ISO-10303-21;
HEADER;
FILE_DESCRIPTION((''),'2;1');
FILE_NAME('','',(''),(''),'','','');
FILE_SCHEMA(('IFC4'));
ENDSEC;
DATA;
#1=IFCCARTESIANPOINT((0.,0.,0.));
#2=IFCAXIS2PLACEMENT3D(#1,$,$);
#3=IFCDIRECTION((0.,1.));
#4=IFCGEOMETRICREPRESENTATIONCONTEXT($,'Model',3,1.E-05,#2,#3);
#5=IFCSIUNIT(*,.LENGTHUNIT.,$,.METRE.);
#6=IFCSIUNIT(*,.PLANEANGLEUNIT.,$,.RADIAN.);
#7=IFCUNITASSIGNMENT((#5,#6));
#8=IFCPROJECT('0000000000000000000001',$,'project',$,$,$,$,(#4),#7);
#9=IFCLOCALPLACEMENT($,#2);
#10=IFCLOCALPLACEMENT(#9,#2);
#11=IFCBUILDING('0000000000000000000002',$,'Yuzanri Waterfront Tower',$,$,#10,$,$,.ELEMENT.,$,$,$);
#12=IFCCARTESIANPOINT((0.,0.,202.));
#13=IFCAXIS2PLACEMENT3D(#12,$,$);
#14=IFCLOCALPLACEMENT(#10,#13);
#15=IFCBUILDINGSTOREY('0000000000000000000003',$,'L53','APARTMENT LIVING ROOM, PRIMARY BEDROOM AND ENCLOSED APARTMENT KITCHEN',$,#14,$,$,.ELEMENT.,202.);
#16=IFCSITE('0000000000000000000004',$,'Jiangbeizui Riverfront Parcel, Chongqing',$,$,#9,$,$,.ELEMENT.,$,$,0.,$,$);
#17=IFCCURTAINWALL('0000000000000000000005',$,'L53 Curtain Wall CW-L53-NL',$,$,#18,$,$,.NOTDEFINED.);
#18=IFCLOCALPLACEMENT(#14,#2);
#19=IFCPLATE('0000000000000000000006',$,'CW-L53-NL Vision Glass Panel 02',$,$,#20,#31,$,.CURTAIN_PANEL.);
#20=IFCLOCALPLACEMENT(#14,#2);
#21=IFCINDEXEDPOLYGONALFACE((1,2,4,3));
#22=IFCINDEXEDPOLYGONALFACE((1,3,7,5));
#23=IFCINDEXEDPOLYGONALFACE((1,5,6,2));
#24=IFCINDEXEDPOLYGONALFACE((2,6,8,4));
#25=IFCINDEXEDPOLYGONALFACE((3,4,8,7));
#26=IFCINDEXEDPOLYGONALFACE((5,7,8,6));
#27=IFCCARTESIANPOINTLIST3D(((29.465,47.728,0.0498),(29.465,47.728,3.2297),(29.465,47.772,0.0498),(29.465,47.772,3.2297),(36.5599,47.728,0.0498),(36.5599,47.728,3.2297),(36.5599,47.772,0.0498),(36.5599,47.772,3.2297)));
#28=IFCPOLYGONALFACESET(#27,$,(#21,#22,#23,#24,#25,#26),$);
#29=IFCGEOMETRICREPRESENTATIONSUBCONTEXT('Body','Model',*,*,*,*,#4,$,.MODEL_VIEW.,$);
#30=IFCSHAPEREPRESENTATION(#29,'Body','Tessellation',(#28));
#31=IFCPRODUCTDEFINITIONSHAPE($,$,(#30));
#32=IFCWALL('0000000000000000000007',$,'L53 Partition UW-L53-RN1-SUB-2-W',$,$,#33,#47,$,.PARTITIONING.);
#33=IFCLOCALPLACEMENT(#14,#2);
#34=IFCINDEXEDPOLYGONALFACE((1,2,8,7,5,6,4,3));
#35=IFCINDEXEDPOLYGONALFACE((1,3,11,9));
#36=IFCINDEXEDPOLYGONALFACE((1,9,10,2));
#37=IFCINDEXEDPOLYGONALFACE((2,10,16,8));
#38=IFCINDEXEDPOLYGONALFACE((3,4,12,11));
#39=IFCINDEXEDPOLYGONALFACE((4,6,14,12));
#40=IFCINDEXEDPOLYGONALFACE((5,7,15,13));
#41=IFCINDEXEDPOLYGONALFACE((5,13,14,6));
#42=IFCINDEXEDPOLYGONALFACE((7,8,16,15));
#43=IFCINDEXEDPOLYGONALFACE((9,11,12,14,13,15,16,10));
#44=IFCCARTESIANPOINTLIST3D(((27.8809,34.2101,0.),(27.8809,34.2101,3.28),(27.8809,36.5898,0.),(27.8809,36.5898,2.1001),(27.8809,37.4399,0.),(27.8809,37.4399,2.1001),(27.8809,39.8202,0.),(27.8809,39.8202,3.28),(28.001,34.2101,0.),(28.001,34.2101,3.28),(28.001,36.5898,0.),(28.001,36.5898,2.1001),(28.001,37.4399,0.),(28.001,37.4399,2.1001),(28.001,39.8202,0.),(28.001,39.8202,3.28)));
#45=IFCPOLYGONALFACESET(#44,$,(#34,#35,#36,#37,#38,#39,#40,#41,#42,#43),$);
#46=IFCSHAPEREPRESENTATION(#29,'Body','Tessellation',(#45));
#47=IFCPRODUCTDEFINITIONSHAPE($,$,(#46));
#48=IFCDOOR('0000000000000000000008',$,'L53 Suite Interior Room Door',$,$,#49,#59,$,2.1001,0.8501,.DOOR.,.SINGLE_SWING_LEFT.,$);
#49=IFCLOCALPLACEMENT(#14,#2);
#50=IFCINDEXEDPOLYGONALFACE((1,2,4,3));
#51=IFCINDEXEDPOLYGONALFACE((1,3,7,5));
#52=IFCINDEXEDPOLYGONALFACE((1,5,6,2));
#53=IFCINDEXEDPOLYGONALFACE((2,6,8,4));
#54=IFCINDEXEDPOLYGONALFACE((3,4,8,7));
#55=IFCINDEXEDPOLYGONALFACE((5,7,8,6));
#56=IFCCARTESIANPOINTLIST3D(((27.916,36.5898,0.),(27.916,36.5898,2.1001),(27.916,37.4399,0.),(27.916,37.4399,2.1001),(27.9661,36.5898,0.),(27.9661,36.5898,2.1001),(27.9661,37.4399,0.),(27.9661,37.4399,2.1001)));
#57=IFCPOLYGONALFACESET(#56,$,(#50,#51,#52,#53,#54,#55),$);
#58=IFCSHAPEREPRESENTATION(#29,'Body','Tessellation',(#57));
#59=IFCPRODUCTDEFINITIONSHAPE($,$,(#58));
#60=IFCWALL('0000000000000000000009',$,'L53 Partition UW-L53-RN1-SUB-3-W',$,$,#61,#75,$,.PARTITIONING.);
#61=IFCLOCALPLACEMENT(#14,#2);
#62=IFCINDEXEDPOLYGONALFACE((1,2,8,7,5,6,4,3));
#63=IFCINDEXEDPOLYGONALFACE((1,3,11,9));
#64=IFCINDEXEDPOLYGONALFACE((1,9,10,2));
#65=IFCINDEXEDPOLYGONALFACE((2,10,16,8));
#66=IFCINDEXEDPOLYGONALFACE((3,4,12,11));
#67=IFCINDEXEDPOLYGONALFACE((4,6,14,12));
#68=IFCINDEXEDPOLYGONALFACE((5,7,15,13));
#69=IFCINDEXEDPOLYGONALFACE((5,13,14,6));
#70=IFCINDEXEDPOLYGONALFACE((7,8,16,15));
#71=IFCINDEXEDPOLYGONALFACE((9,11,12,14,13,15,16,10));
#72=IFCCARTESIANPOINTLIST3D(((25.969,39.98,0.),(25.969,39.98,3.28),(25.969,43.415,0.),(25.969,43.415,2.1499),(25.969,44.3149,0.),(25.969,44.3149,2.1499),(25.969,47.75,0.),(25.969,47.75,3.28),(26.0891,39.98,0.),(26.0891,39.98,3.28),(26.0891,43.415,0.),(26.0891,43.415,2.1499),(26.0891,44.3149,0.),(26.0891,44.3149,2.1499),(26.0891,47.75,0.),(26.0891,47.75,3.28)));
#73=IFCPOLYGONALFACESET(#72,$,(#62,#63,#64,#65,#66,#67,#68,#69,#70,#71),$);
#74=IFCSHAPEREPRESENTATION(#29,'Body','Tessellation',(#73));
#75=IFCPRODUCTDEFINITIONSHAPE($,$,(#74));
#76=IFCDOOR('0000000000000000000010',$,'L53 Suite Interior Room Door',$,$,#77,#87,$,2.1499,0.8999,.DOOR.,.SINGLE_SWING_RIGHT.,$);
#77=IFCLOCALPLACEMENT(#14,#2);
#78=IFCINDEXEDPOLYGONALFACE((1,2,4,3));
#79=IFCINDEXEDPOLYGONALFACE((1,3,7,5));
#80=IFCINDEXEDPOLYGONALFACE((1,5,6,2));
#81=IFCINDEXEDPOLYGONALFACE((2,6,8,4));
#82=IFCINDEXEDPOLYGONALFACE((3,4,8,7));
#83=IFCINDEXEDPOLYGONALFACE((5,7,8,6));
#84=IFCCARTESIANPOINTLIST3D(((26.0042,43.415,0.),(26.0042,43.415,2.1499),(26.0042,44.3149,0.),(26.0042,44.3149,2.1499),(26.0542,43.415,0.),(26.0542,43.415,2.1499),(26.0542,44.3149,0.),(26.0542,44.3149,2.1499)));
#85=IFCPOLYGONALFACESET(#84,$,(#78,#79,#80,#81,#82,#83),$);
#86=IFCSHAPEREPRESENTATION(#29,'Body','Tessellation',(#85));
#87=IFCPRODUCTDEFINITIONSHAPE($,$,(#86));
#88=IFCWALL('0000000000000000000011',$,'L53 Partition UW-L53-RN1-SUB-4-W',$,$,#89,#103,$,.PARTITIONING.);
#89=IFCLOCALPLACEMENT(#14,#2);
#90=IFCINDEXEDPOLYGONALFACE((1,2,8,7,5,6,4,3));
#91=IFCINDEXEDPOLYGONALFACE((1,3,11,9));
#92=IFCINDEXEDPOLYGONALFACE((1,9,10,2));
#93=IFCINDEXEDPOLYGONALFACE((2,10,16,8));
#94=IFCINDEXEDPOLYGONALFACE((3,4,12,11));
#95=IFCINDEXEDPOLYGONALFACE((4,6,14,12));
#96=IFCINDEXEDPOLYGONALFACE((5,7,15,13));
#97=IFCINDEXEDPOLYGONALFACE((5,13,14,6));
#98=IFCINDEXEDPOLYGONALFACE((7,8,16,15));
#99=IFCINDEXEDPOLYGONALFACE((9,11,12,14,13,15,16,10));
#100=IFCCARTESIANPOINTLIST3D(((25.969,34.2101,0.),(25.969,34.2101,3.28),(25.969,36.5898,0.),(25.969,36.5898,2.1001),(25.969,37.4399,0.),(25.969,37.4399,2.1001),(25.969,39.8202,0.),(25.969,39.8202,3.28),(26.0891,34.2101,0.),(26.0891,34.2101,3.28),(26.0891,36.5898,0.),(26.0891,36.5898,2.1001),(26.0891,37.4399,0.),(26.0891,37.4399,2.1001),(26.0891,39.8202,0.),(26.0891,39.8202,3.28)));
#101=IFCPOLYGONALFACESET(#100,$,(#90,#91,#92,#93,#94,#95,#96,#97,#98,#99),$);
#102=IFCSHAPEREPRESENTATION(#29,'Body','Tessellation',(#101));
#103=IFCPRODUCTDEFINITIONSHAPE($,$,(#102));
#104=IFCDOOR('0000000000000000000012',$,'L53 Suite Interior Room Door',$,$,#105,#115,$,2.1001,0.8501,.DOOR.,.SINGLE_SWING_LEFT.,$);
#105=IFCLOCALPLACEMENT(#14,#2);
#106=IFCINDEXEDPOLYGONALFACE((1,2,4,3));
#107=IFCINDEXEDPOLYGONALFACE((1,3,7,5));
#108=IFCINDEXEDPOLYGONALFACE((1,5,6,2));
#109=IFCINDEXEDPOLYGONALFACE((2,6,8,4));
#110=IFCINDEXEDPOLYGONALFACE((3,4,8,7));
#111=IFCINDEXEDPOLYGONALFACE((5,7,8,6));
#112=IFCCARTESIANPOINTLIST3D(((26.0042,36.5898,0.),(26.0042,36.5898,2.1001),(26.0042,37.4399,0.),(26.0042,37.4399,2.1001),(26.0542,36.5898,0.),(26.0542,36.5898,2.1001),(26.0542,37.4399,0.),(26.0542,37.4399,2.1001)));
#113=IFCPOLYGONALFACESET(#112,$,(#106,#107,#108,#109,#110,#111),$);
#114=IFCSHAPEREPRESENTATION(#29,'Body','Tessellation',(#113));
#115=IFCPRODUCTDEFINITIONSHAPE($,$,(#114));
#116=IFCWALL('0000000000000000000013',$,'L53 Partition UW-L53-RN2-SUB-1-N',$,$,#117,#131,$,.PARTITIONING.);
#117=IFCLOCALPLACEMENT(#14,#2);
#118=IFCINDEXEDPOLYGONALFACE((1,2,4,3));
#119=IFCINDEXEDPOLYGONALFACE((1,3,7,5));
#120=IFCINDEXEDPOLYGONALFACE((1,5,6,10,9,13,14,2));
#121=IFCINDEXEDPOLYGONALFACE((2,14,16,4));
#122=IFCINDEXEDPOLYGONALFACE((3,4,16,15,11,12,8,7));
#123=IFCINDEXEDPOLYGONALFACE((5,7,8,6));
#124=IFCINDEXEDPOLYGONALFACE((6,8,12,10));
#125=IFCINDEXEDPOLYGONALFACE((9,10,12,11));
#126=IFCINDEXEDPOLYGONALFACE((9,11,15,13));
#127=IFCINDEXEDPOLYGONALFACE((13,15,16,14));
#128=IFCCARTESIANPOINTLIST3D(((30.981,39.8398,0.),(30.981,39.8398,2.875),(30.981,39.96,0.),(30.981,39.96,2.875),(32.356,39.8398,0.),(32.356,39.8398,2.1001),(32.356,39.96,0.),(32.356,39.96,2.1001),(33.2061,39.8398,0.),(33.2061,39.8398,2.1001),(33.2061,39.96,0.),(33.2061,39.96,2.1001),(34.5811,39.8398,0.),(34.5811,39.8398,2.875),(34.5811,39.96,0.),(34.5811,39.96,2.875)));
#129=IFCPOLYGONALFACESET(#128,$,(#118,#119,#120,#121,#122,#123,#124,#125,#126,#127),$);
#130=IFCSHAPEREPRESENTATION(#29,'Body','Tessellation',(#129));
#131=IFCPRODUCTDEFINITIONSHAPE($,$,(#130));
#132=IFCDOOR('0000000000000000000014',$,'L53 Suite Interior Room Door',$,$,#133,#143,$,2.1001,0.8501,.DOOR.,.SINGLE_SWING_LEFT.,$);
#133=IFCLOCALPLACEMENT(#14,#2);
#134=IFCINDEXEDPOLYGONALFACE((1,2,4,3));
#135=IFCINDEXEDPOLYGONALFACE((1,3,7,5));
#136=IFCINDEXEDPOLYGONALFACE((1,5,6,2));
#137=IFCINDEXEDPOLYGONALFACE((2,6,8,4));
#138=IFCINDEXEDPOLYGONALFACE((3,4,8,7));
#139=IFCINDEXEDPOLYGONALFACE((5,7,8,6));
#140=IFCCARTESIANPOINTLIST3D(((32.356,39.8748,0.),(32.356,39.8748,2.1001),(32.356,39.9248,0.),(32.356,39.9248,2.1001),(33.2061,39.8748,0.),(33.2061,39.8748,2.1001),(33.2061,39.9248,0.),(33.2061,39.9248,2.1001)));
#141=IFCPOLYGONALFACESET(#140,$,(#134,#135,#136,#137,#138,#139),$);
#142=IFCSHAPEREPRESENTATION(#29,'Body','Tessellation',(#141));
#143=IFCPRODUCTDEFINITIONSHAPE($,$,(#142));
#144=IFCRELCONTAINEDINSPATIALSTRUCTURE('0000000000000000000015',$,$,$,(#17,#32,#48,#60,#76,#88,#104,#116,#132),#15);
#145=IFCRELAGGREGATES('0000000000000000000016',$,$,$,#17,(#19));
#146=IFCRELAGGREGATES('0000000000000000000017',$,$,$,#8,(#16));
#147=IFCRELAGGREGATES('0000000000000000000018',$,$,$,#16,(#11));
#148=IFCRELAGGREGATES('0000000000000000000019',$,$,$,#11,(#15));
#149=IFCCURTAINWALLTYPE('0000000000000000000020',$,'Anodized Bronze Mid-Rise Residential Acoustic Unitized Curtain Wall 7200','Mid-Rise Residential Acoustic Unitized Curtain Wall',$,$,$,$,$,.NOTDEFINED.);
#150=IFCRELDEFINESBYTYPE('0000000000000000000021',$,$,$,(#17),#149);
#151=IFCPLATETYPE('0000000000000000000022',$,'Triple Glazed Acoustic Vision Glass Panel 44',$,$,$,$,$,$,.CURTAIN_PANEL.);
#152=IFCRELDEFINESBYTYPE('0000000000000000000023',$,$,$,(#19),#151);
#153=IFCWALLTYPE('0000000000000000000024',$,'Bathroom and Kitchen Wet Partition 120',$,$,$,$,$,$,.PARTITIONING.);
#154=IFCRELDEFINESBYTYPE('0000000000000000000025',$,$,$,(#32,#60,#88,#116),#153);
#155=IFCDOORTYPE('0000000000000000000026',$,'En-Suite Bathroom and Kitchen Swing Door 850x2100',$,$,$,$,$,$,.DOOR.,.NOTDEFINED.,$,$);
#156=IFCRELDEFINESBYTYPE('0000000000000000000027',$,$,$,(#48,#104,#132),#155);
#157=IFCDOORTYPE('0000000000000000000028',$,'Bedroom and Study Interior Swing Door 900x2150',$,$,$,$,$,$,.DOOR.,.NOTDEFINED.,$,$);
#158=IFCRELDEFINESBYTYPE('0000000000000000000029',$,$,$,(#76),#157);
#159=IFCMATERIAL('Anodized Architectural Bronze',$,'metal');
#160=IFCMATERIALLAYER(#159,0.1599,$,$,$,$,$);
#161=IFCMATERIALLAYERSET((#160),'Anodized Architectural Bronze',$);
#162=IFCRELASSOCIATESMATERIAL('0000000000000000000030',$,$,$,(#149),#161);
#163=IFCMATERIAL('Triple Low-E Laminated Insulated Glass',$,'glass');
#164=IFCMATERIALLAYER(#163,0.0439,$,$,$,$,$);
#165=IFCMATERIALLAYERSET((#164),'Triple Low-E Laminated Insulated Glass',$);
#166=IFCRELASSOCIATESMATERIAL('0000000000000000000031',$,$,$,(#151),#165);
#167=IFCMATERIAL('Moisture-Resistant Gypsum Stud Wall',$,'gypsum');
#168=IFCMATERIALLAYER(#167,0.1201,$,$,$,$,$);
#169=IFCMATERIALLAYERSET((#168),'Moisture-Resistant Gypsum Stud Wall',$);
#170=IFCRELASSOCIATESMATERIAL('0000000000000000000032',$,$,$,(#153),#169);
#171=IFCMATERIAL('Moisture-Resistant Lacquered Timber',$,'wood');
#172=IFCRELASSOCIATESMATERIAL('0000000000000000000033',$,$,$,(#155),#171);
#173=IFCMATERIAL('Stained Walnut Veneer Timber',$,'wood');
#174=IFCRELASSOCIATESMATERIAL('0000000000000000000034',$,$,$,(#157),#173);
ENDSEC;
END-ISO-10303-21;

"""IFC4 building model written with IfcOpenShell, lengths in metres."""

from ifc_helpers import new_model, si_unit, direction, frame, frame_2d, origin, origin_2d, place, context, subcontext, project, spatial, rectangle, extrude, source, transform, mapped, material, layer, layer_set, type_object, element, fill, aggregate, save


model = new_model("IFC4")

# Units and contexts
model_context = context("Model", 3, precision=1e-05, world=origin(), true_north=direction((0.0, 1.0)))
body_context = subcontext(model_context, "Body", "Model", "MODEL_VIEW")
ifc_project = project(units=[si_unit("LENGTHUNIT", "METRE"), si_unit("PLANEANGLEUNIT", "RADIAN")], contexts=[model_context])

# Site, building, storey
site_placement = place(None, origin())
site = spatial("IfcSite", under=ifc_project, at=site_placement, Name="Jiangbeizui Riverfront Parcel, Chongqing", CompositionType="ELEMENT", RefElevation=0.0)
building_placement = place(site_placement, origin())
building = spatial("IfcBuilding", under=site, at=building_placement, Name="Yuzanri Waterfront Tower", CompositionType="ELEMENT")
storey_placement = place(building_placement, frame((0.0, 0.0, 202.0)))
storey = spatial("IfcBuildingStorey", under=building, at=storey_placement, Name="L53", Description="APARTMENT LIVING ROOM, PRIMARY BEDROOM AND ENCLOSED APARTMENT KITCHEN", CompositionType="ELEMENT", Elevation=202.0)

# Curtain wall, plate
ifc_material_1 = material(Name="Anodized Architectural Bronze", Category="metal")
ifc_layer_1 = layer(ifc_material_1, 0.1599)
ifc_layer_set_1 = layer_set([ifc_layer_1], Name="Anodized Architectural Bronze")
curtain_wall_type = type_object("IfcCurtainWallType", Name="Anodized Bronze Mid-Rise Residential Acoustic Unitized Curtain Wall 7200", Description="Mid-Rise Residential Acoustic Unitized Curtain Wall", PredefinedType="NOTDEFINED", material=ifc_layer_set_1)
curtain_wall_placement = place(storey_placement, origin())
curtain_wall = element("IfcCurtainWall", 1, at=curtain_wall_placement, inside=storey, type_object=curtain_wall_type, Name="L53 Curtain Wall CW-L53-NL", PredefinedType="NOTDEFINED")
ifc_material_2 = material(Name="Triple Low-E Laminated Insulated Glass", Category="glass")
ifc_layer_2 = layer(ifc_material_2, 0.0439)
ifc_layer_set_2 = layer_set([ifc_layer_2], Name="Triple Low-E Laminated Insulated Glass")
plate_type = type_object("IfcPlateType", Name="Triple Glazed Acoustic Vision Glass Panel 44", PredefinedType="CURTAIN_PANEL", material=ifc_layer_set_2)
shared_shape_1 = source(origin(), body_context, "Body", "SweptSolid", [
    extrude(rectangle(XDim=7.095, YDim=0.0439, at=origin_2d()), origin(), (0.0, 0.0, 1.0), 3.1799),
])
plate_1_placement = place(storey_placement, frame((33.0125, 47.75, 0.0498), z_axis=(0.0, 0.0, 1.0), x_axis=(1.0, 0.0, 0.0)))
plate_1 = element("IfcPlate", 2, at=plate_1_placement, type_object=plate_type, Name="CW-L53-NL Vision Glass Panel 02", PredefinedType="CURTAIN_PANEL", context=body_context, shape_type="MappedRepresentation", body=[
    mapped(shared_shape_1, transform((0.0, 0.0, 0.0), scale=1.0)),
])
aggregate(curtain_wall, [plate_1])

# Walls, openings, doors
ifc_material_3 = material(Name="Moisture-Resistant Gypsum Stud Wall", Category="gypsum")
ifc_layer_3 = layer(ifc_material_3, 0.1201)
ifc_layer_set_3 = layer_set([ifc_layer_3], Name="Moisture-Resistant Gypsum Stud Wall")
wall_type_1 = type_object("IfcWallType", Name="Bathroom and Kitchen Wet Partition 120", PredefinedType="PARTITIONING", material=ifc_layer_set_3)
wall_1_placement = place(storey_placement, frame((27.9409, 34.21, 0.0), z_axis=(0.0, 0.0, 1.0), x_axis=(0.0, 1.0, 0.0)))
wall_1 = element("IfcWall", 3, at=wall_1_placement, inside=storey, type_object=wall_type_1, Name="L53 Partition UW-L53-RN1-SUB-2-W", PredefinedType="PARTITIONING", context=body_context, shape_type="SweptSolid", body=[
    extrude(rectangle(XDim=5.6101, YDim=0.1201, at=frame_2d((2.8052, 0.0))), origin(), (0.0, 0.0, 1.0), 3.28),
])
opening_1_placement = place(wall_1_placement, frame((2.3799, 0.0, 0.0)))
opening_1 = element("IfcOpeningElement", 4, at=opening_1_placement, cuts=wall_1, PredefinedType="OPENING", context=body_context, shape_type="SweptSolid", body=[
    extrude(rectangle(XDim=0.8501, YDim=2.1001, at=frame_2d((0.425, 1.05))), frame((0.0, 0.075, 0.0), z_axis=(0.0, -1.0, 0.0), x_axis=(1.0, 0.0, 0.0)), (0.0, 0.0, 1.0), 0.1499),
])
ifc_material_4 = material(Name="Moisture-Resistant Lacquered Timber", Category="wood")
door_type_1 = type_object("IfcDoorType", Name="En-Suite Bathroom and Kitchen Swing Door 850x2100", OperationType="NOTDEFINED", PredefinedType="DOOR", material=ifc_material_4)
shared_shape_2 = source(origin(), body_context, "Body", "SweptSolid", [
    extrude(rectangle(XDim=0.8501, YDim=2.1001, at=frame_2d((0.425, 1.05))), frame((0.0, 0.0249, 0.0), z_axis=(0.0, -1.0, 0.0), x_axis=(1.0, 0.0, 0.0)), (0.0, 0.0, 1.0), 0.05),
])
door_1_placement = place(opening_1_placement, origin())
door_1 = element("IfcDoor", 5, at=door_1_placement, inside=storey, type_object=door_type_1, Name="L53 Suite Interior Room Door", OperationType="SINGLE_SWING_LEFT", OverallHeight=2.1001, OverallWidth=0.8501, PredefinedType="DOOR", context=body_context, shape_type="MappedRepresentation", body=[
    mapped(shared_shape_2, transform((0.0, 0.0, 0.0), scale=1.0)),
])
fill(opening_1, door_1)
wall_2_placement = place(storey_placement, frame((26.0291, 39.98, 0.0), z_axis=(0.0, 0.0, 1.0), x_axis=(0.0, 1.0, 0.0)))
wall_2 = element("IfcWall", 6, at=wall_2_placement, inside=storey, type_object=wall_type_1, Name="L53 Partition UW-L53-RN1-SUB-3-W", PredefinedType="PARTITIONING", context=body_context, shape_type="SweptSolid", body=[
    extrude(rectangle(XDim=7.77, YDim=0.1201, at=frame_2d((3.885, 0.0))), origin(), (0.0, 0.0, 1.0), 3.28),
])
opening_2_placement = place(wall_2_placement, frame((3.4351, 0.0, 0.0)))
opening_2 = element("IfcOpeningElement", 7, at=opening_2_placement, cuts=wall_2, PredefinedType="OPENING", context=body_context, shape_type="SweptSolid", body=[
    extrude(rectangle(XDim=0.8999, YDim=2.1499, at=frame_2d((0.45, 1.075))), frame((0.0, 0.075, 0.0), z_axis=(0.0, -1.0, 0.0), x_axis=(1.0, 0.0, 0.0)), (0.0, 0.0, 1.0), 0.1499),
])
ifc_material_5 = material(Name="Stained Walnut Veneer Timber", Category="wood")
door_type_2 = type_object("IfcDoorType", Name="Bedroom and Study Interior Swing Door 900x2150", OperationType="NOTDEFINED", PredefinedType="DOOR", material=ifc_material_5)
shared_shape_3 = source(origin(), body_context, "Body", "SweptSolid", [
    extrude(rectangle(XDim=0.8999, YDim=2.1499, at=frame_2d((0.45, 1.075))), frame((0.0, 0.0249, 0.0), z_axis=(0.0, -1.0, 0.0), x_axis=(1.0, 0.0, 0.0)), (0.0, 0.0, 1.0), 0.05),
])
door_2_placement = place(opening_2_placement, origin())
door_2 = element("IfcDoor", 8, at=door_2_placement, inside=storey, type_object=door_type_2, Name="L53 Suite Interior Room Door", OperationType="SINGLE_SWING_RIGHT", OverallHeight=2.1499, OverallWidth=0.8999, PredefinedType="DOOR", context=body_context, shape_type="MappedRepresentation", body=[
    mapped(shared_shape_3, transform((0.0, 0.0, 0.0), scale=1.0)),
])
fill(opening_2, door_2)
wall_3_placement = place(storey_placement, frame((26.0291, 34.21, 0.0), z_axis=(0.0, 0.0, 1.0), x_axis=(0.0, 1.0, 0.0)))
wall_3 = element("IfcWall", 9, at=wall_3_placement, inside=storey, type_object=wall_type_1, Name="L53 Partition UW-L53-RN1-SUB-4-W", PredefinedType="PARTITIONING", context=body_context, shape_type="SweptSolid", body=[
    extrude(rectangle(XDim=5.6101, YDim=0.1201, at=frame_2d((2.8052, 0.0))), origin(), (0.0, 0.0, 1.0), 3.28),
])
opening_3_placement = place(wall_3_placement, frame((2.3799, 0.0, 0.0)))
opening_3 = element("IfcOpeningElement", 10, at=opening_3_placement, cuts=wall_3, PredefinedType="OPENING", context=body_context, shape_type="SweptSolid", body=[
    extrude(rectangle(XDim=0.8501, YDim=2.1001, at=frame_2d((0.425, 1.05))), frame((0.0, 0.075, 0.0), z_axis=(0.0, -1.0, 0.0), x_axis=(1.0, 0.0, 0.0)), (0.0, 0.0, 1.0), 0.1499),
])
door_3_placement = place(opening_3_placement, origin())
door_3 = element("IfcDoor", 11, at=door_3_placement, inside=storey, type_object=door_type_1, Name="L53 Suite Interior Room Door", OperationType="SINGLE_SWING_LEFT", OverallHeight=2.1001, OverallWidth=0.8501, PredefinedType="DOOR", context=body_context, shape_type="MappedRepresentation", body=[
    mapped(shared_shape_2, transform((0.0, 0.0, 0.0), scale=1.0)),
])
fill(opening_3, door_3)
wall_4_placement = place(storey_placement, frame((30.981, 39.8999, 0.0), z_axis=(0.0, 0.0, 1.0), x_axis=(1.0, 0.0, 0.0)))
wall_4 = element("IfcWall", 12, at=wall_4_placement, inside=storey, type_object=wall_type_1, Name="L53 Partition UW-L53-RN2-SUB-1-N", PredefinedType="PARTITIONING", context=body_context, shape_type="SweptSolid", body=[
    extrude(rectangle(XDim=3.6001, YDim=0.1201, at=frame_2d((1.8, 0.0))), origin(), (0.0, 0.0, 1.0), 2.875),
])
opening_4_placement = place(wall_4_placement, frame((1.375, 0.0, 0.0)))
opening_4 = element("IfcOpeningElement", 13, at=opening_4_placement, cuts=wall_4, PredefinedType="OPENING", context=body_context, shape_type="SweptSolid", body=[
    extrude(rectangle(XDim=0.8501, YDim=2.1001, at=frame_2d((0.425, 1.05))), frame((0.0, 0.075, 0.0), z_axis=(0.0, -1.0, 0.0), x_axis=(1.0, 0.0, 0.0)), (0.0, 0.0, 1.0), 0.1499),
])
door_4_placement = place(opening_4_placement, origin())
door_4 = element("IfcDoor", 14, at=door_4_placement, inside=storey, type_object=door_type_1, Name="L53 Suite Interior Room Door", OperationType="SINGLE_SWING_LEFT", OverallHeight=2.1001, OverallWidth=0.8501, PredefinedType="DOOR", context=body_context, shape_type="MappedRepresentation", body=[
    mapped(shared_shape_2, transform((0.0, 0.0, 0.0), scale=1.0)),
])
fill(opening_4, door_4)

save(model, "model.ifc")
